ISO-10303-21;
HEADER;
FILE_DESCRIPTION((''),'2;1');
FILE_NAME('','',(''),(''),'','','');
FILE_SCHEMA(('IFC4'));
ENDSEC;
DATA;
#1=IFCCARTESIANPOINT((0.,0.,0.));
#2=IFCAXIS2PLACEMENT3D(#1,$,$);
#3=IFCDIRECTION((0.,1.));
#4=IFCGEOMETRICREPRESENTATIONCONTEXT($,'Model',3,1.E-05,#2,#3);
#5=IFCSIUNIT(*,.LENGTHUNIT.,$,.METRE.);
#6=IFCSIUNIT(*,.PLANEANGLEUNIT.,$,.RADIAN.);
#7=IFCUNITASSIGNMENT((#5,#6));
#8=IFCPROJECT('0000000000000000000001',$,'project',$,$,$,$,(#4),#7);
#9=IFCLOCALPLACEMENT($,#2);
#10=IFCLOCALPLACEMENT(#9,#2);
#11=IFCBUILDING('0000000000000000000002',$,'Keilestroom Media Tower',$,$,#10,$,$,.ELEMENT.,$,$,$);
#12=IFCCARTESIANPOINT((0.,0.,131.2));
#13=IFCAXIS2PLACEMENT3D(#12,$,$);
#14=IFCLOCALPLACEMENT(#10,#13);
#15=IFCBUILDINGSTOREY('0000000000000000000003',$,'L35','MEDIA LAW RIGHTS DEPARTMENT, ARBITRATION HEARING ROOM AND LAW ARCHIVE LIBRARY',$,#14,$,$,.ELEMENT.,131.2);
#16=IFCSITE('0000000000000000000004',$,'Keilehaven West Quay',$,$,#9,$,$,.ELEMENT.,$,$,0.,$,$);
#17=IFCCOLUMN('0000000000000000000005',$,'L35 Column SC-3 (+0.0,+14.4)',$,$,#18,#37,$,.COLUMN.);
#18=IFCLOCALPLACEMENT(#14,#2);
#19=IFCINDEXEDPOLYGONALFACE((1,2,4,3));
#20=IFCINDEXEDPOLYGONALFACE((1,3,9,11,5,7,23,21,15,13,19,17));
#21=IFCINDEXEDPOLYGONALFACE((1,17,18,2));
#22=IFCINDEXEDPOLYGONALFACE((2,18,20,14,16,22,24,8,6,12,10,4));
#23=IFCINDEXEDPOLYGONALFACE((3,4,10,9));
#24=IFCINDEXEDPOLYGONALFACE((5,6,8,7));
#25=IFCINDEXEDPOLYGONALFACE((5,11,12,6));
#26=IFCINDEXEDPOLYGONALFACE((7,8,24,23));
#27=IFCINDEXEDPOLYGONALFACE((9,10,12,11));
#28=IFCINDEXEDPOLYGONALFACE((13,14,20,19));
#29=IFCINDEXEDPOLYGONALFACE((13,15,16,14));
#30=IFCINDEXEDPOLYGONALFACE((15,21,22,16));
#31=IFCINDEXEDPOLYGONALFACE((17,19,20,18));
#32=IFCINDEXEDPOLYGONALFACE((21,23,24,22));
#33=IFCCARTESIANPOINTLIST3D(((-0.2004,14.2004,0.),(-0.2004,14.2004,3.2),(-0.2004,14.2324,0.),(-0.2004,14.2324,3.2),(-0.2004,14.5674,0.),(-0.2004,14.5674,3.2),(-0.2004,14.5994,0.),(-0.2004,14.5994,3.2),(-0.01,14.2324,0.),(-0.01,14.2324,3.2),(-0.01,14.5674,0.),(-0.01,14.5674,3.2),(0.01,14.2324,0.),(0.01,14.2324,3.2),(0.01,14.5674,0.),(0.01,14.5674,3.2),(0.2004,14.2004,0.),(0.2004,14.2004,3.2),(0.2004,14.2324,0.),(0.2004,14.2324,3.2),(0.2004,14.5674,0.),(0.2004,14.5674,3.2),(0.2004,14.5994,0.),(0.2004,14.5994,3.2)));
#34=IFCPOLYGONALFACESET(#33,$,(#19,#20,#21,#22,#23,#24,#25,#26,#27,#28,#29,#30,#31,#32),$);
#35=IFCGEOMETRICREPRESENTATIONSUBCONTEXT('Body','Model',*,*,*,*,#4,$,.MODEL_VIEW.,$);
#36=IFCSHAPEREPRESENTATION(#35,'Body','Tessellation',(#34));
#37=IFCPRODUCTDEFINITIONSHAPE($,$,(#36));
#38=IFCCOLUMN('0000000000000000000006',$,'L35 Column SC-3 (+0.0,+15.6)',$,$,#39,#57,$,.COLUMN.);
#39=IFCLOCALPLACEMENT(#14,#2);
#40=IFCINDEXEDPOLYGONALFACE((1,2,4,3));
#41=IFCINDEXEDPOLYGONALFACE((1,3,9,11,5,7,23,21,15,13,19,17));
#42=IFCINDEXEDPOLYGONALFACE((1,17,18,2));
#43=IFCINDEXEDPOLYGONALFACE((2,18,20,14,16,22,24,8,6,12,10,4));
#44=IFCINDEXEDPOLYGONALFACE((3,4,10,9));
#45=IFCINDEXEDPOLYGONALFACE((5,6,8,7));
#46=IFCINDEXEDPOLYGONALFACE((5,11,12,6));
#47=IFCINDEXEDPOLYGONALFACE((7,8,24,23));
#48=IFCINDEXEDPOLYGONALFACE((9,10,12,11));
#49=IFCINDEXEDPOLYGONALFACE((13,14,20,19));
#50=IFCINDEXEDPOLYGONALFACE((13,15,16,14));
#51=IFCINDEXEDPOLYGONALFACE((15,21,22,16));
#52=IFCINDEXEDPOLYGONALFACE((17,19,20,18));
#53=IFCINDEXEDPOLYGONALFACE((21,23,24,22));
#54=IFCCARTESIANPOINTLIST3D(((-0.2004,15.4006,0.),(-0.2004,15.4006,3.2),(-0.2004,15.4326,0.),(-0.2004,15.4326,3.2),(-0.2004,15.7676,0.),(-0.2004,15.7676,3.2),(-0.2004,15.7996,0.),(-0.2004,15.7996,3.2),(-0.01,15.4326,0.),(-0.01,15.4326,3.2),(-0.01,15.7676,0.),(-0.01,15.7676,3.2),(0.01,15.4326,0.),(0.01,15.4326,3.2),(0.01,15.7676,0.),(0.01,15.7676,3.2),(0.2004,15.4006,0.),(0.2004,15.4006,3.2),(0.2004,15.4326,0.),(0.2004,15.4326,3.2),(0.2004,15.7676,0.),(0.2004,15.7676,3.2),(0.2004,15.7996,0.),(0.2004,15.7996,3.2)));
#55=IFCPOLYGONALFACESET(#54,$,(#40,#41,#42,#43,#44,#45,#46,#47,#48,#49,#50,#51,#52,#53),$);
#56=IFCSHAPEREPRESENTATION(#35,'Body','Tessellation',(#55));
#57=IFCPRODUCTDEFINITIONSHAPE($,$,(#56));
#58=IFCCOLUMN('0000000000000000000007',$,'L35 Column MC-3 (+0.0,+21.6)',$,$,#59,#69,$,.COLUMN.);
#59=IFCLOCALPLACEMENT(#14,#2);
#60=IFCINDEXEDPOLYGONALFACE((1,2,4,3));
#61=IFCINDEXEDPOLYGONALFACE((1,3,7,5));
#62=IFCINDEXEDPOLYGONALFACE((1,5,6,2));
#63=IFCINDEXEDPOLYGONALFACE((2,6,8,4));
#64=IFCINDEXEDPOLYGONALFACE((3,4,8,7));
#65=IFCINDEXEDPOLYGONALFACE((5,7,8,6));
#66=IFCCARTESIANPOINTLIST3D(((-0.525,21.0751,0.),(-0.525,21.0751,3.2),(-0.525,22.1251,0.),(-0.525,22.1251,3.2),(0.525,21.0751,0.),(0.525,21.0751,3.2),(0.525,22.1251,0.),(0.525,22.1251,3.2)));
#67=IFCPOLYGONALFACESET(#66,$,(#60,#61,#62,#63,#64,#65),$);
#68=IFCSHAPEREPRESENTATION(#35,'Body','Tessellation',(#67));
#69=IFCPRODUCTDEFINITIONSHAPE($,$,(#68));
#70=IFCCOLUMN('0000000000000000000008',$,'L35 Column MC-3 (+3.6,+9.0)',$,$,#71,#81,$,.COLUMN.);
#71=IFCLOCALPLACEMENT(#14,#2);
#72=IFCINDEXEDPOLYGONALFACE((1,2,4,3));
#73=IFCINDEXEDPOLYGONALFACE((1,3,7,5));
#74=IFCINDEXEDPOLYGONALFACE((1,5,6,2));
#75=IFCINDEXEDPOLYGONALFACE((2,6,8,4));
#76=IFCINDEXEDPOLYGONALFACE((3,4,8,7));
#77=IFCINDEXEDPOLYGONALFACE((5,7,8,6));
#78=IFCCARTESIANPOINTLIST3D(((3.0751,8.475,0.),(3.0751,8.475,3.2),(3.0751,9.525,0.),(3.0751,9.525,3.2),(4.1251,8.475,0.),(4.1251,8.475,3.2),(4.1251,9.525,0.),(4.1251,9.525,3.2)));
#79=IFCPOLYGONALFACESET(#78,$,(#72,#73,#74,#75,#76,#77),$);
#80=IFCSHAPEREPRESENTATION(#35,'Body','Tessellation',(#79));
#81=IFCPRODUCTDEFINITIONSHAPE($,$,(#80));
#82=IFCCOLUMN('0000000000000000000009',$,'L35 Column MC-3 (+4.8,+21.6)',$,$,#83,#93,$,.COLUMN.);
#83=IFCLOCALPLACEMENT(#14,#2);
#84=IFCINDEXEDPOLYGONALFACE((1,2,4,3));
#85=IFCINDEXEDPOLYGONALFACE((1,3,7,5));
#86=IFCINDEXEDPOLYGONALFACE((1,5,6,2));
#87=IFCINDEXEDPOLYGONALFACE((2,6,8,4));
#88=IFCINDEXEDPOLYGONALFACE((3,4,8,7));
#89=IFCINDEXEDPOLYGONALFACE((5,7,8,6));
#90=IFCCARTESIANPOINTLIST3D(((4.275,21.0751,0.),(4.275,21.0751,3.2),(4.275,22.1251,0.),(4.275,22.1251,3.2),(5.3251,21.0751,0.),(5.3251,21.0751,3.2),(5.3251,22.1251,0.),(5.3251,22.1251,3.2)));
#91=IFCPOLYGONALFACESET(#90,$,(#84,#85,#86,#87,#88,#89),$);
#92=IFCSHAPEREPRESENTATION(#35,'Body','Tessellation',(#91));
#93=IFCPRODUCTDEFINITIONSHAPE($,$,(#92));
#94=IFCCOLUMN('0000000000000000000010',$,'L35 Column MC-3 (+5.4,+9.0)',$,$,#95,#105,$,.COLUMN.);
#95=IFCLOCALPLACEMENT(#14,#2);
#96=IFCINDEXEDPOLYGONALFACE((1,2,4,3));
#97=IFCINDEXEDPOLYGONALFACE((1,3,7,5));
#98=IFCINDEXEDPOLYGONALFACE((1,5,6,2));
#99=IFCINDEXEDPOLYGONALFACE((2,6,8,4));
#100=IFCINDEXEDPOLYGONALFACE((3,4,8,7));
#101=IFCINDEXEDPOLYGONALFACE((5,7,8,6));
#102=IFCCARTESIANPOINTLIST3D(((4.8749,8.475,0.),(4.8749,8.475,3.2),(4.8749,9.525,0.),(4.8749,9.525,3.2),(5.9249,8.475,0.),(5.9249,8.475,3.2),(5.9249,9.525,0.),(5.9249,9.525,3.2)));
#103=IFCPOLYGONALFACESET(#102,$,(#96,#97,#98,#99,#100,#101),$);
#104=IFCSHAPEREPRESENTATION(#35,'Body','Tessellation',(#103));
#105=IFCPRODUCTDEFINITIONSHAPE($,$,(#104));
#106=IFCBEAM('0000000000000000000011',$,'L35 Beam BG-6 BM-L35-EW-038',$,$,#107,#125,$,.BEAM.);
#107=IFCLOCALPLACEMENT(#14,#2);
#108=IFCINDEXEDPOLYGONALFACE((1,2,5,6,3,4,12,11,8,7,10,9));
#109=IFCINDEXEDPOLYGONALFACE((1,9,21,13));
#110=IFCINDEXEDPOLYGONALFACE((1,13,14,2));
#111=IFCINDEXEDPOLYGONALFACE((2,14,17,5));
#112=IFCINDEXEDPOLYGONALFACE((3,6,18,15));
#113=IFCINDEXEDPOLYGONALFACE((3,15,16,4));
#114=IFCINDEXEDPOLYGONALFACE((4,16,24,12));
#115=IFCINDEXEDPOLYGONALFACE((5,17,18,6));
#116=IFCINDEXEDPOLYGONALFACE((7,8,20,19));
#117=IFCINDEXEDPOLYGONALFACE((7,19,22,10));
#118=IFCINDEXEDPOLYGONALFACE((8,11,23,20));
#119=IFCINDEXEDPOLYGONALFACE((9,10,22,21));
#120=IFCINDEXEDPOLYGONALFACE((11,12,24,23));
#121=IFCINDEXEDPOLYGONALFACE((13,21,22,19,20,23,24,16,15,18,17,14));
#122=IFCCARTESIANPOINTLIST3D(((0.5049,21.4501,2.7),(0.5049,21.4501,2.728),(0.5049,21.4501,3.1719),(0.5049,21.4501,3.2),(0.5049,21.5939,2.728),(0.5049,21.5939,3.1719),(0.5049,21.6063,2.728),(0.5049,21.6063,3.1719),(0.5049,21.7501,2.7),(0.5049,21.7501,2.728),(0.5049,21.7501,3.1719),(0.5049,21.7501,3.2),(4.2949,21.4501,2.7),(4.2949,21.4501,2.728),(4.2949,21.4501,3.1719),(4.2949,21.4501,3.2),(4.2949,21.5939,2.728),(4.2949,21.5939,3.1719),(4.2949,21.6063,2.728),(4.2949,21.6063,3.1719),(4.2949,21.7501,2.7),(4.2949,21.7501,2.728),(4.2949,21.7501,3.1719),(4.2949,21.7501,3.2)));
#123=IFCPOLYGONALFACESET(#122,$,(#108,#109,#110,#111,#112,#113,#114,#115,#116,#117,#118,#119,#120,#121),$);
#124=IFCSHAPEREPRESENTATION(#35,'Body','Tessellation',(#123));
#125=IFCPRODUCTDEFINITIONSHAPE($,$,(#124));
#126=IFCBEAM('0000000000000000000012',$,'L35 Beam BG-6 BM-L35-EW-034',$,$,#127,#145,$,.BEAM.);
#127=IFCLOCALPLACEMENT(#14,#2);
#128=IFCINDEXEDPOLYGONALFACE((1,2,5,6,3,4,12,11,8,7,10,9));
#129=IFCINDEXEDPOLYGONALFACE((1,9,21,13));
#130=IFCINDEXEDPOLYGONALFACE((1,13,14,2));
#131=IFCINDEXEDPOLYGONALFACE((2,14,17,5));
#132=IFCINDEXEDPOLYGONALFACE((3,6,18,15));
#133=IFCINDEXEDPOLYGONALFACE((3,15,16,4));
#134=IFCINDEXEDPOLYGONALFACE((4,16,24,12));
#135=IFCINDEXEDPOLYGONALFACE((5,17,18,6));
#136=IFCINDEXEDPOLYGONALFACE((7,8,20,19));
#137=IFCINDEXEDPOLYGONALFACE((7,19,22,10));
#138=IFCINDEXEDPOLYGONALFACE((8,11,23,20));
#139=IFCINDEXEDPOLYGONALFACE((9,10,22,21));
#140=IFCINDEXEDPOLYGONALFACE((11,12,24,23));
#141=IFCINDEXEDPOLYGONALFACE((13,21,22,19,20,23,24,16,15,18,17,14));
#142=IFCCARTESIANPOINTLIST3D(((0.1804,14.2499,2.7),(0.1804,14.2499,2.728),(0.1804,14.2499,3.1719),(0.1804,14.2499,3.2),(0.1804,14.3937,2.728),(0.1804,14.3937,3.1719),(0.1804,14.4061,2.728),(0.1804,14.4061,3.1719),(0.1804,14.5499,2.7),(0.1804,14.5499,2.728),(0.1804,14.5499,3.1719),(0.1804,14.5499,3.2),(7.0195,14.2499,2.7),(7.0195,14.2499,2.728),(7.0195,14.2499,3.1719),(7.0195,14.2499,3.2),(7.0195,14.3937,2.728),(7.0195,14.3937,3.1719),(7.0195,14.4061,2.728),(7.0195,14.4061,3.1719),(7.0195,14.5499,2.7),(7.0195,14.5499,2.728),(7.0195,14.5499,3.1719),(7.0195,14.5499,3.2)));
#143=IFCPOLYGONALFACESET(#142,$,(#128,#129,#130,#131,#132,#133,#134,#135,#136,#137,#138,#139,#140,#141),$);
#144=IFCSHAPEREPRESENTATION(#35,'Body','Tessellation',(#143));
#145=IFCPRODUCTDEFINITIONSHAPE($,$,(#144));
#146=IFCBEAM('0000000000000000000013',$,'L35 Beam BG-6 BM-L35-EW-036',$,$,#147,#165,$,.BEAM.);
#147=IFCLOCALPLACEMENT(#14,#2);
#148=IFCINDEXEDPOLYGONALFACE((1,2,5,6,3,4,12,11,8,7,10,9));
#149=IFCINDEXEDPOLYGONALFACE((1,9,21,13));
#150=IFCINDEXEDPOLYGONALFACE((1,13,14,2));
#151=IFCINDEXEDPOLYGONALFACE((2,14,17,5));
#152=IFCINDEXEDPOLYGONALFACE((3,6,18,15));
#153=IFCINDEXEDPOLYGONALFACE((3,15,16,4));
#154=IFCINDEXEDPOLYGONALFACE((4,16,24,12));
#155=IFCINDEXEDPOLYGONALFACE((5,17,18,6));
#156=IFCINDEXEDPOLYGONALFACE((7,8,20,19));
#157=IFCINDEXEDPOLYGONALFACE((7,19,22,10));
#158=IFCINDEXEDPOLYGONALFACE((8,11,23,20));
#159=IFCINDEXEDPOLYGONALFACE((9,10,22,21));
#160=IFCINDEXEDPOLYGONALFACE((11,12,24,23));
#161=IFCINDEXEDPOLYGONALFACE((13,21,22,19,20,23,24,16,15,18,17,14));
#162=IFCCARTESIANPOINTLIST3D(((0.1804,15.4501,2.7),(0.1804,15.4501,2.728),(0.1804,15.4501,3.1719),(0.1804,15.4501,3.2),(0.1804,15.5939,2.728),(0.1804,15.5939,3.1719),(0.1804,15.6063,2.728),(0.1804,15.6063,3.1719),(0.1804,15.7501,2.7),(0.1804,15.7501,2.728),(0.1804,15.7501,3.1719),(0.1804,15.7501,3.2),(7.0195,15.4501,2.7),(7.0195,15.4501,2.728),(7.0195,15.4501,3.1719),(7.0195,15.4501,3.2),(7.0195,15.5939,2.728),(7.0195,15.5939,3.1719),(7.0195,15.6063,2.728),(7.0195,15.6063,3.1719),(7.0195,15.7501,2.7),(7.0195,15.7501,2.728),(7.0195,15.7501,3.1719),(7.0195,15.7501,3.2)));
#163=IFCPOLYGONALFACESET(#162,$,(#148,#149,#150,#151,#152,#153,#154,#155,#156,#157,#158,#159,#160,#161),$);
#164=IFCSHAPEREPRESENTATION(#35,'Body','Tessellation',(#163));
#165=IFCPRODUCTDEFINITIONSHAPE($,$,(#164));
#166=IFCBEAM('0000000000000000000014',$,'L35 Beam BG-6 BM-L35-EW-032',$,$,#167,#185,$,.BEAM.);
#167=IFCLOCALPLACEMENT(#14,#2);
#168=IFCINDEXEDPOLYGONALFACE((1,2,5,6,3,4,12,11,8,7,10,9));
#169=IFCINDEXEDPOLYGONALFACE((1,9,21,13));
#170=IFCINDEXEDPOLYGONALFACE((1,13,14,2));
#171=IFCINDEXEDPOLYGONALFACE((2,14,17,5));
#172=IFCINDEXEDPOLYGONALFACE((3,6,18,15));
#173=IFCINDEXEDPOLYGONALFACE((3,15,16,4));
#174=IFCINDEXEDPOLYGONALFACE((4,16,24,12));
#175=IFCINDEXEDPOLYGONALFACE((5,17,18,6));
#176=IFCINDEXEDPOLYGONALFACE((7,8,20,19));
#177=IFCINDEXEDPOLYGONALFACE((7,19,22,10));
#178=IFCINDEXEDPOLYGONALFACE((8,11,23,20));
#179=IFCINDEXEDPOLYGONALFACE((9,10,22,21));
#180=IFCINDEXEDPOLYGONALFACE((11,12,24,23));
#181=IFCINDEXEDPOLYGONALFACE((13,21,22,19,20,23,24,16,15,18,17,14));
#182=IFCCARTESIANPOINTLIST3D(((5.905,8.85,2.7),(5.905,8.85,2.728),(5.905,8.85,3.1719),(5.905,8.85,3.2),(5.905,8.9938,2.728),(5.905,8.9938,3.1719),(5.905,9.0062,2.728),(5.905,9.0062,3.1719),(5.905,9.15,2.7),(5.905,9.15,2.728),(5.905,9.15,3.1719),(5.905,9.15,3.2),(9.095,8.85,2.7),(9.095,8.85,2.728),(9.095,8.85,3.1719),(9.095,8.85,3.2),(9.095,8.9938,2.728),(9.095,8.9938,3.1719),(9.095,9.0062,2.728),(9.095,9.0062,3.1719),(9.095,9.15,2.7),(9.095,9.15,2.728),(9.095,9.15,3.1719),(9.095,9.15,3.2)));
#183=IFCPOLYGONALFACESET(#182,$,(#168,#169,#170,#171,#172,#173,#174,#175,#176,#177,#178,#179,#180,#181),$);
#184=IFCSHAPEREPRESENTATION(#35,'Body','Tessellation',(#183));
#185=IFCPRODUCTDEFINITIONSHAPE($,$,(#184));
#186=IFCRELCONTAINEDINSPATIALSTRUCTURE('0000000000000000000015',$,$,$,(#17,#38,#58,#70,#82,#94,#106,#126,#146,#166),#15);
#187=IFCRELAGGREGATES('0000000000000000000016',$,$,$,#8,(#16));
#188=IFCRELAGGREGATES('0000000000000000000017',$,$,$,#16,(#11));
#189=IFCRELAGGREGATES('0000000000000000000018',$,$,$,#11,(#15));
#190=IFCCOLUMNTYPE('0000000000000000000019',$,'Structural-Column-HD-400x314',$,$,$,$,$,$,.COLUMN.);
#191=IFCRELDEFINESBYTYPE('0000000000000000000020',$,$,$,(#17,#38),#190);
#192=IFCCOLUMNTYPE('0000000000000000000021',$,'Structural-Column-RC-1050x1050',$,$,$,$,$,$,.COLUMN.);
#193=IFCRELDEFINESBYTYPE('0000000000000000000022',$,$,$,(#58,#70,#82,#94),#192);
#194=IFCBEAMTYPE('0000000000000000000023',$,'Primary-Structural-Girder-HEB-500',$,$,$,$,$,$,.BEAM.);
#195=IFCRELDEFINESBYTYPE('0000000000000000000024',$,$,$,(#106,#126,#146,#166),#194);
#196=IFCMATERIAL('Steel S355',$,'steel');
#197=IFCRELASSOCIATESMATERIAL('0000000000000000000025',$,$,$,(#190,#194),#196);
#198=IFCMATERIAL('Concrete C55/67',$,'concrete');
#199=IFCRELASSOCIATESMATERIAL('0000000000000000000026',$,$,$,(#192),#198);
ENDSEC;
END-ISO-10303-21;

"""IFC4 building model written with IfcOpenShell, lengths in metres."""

from ifc_helpers import new_model, si_unit, direction, frame, origin, origin_2d, place, context, subcontext, project, spatial, rectangle, i_section, extrude, source, transform, mapped, material, material_profile, profile_set, type_object, element, save


model = new_model("IFC4")

# Units and contexts
model_context = context("Model", 3, precision=1e-05, world=origin(), true_north=direction((0.0, 1.0)))
body_context = subcontext(model_context, "Body", "Model", "MODEL_VIEW")
ifc_project = project(units=[si_unit("LENGTHUNIT", "METRE"), si_unit("PLANEANGLEUNIT", "RADIAN")], contexts=[model_context])

# Site, building, storey
site_placement = place(None, origin())
site = spatial("IfcSite", under=ifc_project, at=site_placement, Name="Keilehaven West Quay", CompositionType="ELEMENT", RefElevation=0.0)
building_placement = place(site_placement, origin())
building = spatial("IfcBuilding", under=site, at=building_placement, Name="Keilestroom Media Tower", CompositionType="ELEMENT")
storey_placement = place(building_placement, frame((0.0, 0.0, 131.2)))
storey = spatial("IfcBuildingStorey", under=building, at=storey_placement, Name="L35", Description="MEDIA LAW RIGHTS DEPARTMENT, ARBITRATION HEARING ROOM AND LAW ARCHIVE LIBRARY", CompositionType="ELEMENT", Elevation=131.2)

# Columns
ifc_material_1 = material(Name="Steel S355", Category="steel")
ifc_material_profile_1 = material_profile(ifc_material_1, i_section(OverallWidth=0.4009, OverallDepth=0.3989, WebThickness=0.02, FlangeThickness=0.032, at=origin_2d()), Name="HD 400x314")
ifc_profile_set_1 = profile_set([ifc_material_profile_1], Name="Steel S355")
column_type_1 = type_object("IfcColumnType", Name="Structural-Column-HD-400x314", PredefinedType="COLUMN", material=ifc_profile_set_1)
shared_shape_1 = source(origin(), body_context, "Body", "SweptSolid", [
    extrude(i_section(OverallWidth=0.4009, OverallDepth=0.3989, WebThickness=0.02, FlangeThickness=0.032, at=origin_2d()), origin(), (0.0, 0.0, 1.0), 3.2),
])
for number, where, z_axis, x_axis, name in (
    (1, (0.0, 14.3999, 0.0), (0.0, 0.0, 1.0), (1.0, 0.0, 0.0), "L35 Column SC-3 (+0.0,+14.4)"),
    (2, (0.0, 15.6001, 0.0), (0.0, 0.0, 1.0), (1.0, 0.0, 0.0), "L35 Column SC-3 (+0.0,+15.6)"),
):
    element("IfcColumn", number, at=place(storey_placement, frame(where, z_axis=z_axis, x_axis=x_axis)), inside=storey, type_object=column_type_1, Name=name, PredefinedType="COLUMN", context=body_context, shape_type="MappedRepresentation", body=[
        mapped(shared_shape_1, transform((0.0, 0.0, 0.0), x_axis=(1.0, 0.0, 0.0), y_axis=(0.0, 1.0, 0.0), z_axis=(0.0, 0.0, 1.0), scale=1.0)),
    ])
ifc_material_2 = material(Name="Concrete C55/67", Category="concrete")
ifc_material_profile_2 = material_profile(ifc_material_2, rectangle(XDim=1.05, YDim=1.05, at=origin_2d()), Name="RC 1050x1050")
ifc_profile_set_2 = profile_set([ifc_material_profile_2], Name="Concrete C55/67")
column_type_2 = type_object("IfcColumnType", Name="Structural-Column-RC-1050x1050", PredefinedType="COLUMN", material=ifc_profile_set_2)
shared_shape_2 = source(origin(), body_context, "Body", "SweptSolid", [
    extrude(rectangle(XDim=1.05, YDim=1.05, at=origin_2d()), origin(), (0.0, 0.0, 1.0), 3.2),
])
for number, where, z_axis, x_axis, name in (
    (3, (0.0, 21.6001, 0.0), (0.0, 0.0, 1.0), (1.0, 0.0, 0.0), "L35 Column MC-3 (+0.0,+21.6)"),
    (4, (3.6001, 9.0, 0.0), (0.0, 0.0, 1.0), (1.0, 0.0, 0.0), "L35 Column MC-3 (+3.6,+9.0)"),
    (5, (4.8, 21.6001, 0.0), (0.0, 0.0, 1.0), (1.0, 0.0, 0.0), "L35 Column MC-3 (+4.8,+21.6)"),
    (6, (5.3999, 9.0, 0.0), (0.0, 0.0, 1.0), (1.0, 0.0, 0.0), "L35 Column MC-3 (+5.4,+9.0)"),
):
    element("IfcColumn", number, at=place(storey_placement, frame(where, z_axis=z_axis, x_axis=x_axis)), inside=storey, type_object=column_type_2, Name=name, PredefinedType="COLUMN", context=body_context, shape_type="MappedRepresentation", body=[
        mapped(shared_shape_2, transform((0.0, 0.0, 0.0), x_axis=(1.0, 0.0, 0.0), y_axis=(0.0, 1.0, 0.0), z_axis=(0.0, 0.0, 1.0), scale=1.0)),
    ])

# Beams
ifc_material_profile_3 = material_profile(ifc_material_1, i_section(OverallWidth=0.3, OverallDepth=0.5, WebThickness=0.0125, FlangeThickness=0.0281, at=origin_2d()), Name="HEB 500")
ifc_profile_set_3 = profile_set([ifc_material_profile_3], Name="Steel S355")
beam_type_1 = type_object("IfcBeamType", Name="Primary-Structural-Girder-HEB-500", PredefinedType="BEAM", material=ifc_profile_set_3)
shared_shape_3 = source(origin(), body_context, "Body", "SweptSolid", [
    extrude(i_section(OverallWidth=0.3, OverallDepth=0.5, WebThickness=0.0125, FlangeThickness=0.0281, at=origin_2d()), origin(), (0.0, 0.0, 1.0), 3.79),
])
beam_1_placement = place(storey_placement, frame((0.5049, 21.6001, 2.95), z_axis=(1.0, 0.0, 0.0), x_axis=(0.0, 1.0, 0.0)))
element("IfcBeam", 7, at=beam_1_placement, inside=storey, type_object=beam_type_1, Name="L35 Beam BG-6 BM-L35-EW-038", PredefinedType="BEAM", context=body_context, shape_type="MappedRepresentation", body=[
    mapped(shared_shape_3, transform((0.0, 0.0, 0.0), x_axis=(1.0, 0.0, 0.0), y_axis=(0.0, 1.0, 0.0), z_axis=(0.0, 0.0, 1.0), scale=1.0)),
])
shared_shape_4 = source(origin(), body_context, "Body", "SweptSolid", [
    extrude(i_section(OverallWidth=0.3, OverallDepth=0.5, WebThickness=0.0125, FlangeThickness=0.0281, at=origin_2d()), origin(), (0.0, 0.0, 1.0), 6.8391),
])
for number, where, z_axis, x_axis, name in (
    (8, (0.1804, 14.3999, 2.95), (1.0, 0.0, 0.0), (0.0, 1.0, 0.0), "L35 Beam BG-6 BM-L35-EW-034"),
    (9, (0.1804, 15.6001, 2.95), (1.0, 0.0, 0.0), (0.0, 1.0, 0.0), "L35 Beam BG-6 BM-L35-EW-036"),
):
    element("IfcBeam", number, at=place(storey_placement, frame(where, z_axis=z_axis, x_axis=x_axis)), inside=storey, type_object=beam_type_1, Name=name, PredefinedType="BEAM", context=body_context, shape_type="MappedRepresentation", body=[
        mapped(shared_shape_4, transform((0.0, 0.0, 0.0), x_axis=(1.0, 0.0, 0.0), y_axis=(0.0, 1.0, 0.0), z_axis=(0.0, 0.0, 1.0), scale=1.0)),
    ])
shared_shape_5 = source(origin(), body_context, "Body", "SweptSolid", [
    extrude(i_section(OverallWidth=0.3, OverallDepth=0.5, WebThickness=0.0125, FlangeThickness=0.0281, at=origin_2d()), origin(), (0.0, 0.0, 1.0), 3.1899),
])
beam_2_placement = place(storey_placement, frame((5.905, 9.0, 2.95), z_axis=(1.0, 0.0, 0.0), x_axis=(0.0, 1.0, 0.0)))
element("IfcBeam", 10, at=beam_2_placement, inside=storey, type_object=beam_type_1, Name="L35 Beam BG-6 BM-L35-EW-032", PredefinedType="BEAM", context=body_context, shape_type="MappedRepresentation", body=[
    mapped(shared_shape_5, transform((0.0, 0.0, 0.0), x_axis=(1.0, 0.0, 0.0), y_axis=(0.0, 1.0, 0.0), z_axis=(0.0, 0.0, 1.0), scale=1.0)),
])

save(model, "model.ifc")
